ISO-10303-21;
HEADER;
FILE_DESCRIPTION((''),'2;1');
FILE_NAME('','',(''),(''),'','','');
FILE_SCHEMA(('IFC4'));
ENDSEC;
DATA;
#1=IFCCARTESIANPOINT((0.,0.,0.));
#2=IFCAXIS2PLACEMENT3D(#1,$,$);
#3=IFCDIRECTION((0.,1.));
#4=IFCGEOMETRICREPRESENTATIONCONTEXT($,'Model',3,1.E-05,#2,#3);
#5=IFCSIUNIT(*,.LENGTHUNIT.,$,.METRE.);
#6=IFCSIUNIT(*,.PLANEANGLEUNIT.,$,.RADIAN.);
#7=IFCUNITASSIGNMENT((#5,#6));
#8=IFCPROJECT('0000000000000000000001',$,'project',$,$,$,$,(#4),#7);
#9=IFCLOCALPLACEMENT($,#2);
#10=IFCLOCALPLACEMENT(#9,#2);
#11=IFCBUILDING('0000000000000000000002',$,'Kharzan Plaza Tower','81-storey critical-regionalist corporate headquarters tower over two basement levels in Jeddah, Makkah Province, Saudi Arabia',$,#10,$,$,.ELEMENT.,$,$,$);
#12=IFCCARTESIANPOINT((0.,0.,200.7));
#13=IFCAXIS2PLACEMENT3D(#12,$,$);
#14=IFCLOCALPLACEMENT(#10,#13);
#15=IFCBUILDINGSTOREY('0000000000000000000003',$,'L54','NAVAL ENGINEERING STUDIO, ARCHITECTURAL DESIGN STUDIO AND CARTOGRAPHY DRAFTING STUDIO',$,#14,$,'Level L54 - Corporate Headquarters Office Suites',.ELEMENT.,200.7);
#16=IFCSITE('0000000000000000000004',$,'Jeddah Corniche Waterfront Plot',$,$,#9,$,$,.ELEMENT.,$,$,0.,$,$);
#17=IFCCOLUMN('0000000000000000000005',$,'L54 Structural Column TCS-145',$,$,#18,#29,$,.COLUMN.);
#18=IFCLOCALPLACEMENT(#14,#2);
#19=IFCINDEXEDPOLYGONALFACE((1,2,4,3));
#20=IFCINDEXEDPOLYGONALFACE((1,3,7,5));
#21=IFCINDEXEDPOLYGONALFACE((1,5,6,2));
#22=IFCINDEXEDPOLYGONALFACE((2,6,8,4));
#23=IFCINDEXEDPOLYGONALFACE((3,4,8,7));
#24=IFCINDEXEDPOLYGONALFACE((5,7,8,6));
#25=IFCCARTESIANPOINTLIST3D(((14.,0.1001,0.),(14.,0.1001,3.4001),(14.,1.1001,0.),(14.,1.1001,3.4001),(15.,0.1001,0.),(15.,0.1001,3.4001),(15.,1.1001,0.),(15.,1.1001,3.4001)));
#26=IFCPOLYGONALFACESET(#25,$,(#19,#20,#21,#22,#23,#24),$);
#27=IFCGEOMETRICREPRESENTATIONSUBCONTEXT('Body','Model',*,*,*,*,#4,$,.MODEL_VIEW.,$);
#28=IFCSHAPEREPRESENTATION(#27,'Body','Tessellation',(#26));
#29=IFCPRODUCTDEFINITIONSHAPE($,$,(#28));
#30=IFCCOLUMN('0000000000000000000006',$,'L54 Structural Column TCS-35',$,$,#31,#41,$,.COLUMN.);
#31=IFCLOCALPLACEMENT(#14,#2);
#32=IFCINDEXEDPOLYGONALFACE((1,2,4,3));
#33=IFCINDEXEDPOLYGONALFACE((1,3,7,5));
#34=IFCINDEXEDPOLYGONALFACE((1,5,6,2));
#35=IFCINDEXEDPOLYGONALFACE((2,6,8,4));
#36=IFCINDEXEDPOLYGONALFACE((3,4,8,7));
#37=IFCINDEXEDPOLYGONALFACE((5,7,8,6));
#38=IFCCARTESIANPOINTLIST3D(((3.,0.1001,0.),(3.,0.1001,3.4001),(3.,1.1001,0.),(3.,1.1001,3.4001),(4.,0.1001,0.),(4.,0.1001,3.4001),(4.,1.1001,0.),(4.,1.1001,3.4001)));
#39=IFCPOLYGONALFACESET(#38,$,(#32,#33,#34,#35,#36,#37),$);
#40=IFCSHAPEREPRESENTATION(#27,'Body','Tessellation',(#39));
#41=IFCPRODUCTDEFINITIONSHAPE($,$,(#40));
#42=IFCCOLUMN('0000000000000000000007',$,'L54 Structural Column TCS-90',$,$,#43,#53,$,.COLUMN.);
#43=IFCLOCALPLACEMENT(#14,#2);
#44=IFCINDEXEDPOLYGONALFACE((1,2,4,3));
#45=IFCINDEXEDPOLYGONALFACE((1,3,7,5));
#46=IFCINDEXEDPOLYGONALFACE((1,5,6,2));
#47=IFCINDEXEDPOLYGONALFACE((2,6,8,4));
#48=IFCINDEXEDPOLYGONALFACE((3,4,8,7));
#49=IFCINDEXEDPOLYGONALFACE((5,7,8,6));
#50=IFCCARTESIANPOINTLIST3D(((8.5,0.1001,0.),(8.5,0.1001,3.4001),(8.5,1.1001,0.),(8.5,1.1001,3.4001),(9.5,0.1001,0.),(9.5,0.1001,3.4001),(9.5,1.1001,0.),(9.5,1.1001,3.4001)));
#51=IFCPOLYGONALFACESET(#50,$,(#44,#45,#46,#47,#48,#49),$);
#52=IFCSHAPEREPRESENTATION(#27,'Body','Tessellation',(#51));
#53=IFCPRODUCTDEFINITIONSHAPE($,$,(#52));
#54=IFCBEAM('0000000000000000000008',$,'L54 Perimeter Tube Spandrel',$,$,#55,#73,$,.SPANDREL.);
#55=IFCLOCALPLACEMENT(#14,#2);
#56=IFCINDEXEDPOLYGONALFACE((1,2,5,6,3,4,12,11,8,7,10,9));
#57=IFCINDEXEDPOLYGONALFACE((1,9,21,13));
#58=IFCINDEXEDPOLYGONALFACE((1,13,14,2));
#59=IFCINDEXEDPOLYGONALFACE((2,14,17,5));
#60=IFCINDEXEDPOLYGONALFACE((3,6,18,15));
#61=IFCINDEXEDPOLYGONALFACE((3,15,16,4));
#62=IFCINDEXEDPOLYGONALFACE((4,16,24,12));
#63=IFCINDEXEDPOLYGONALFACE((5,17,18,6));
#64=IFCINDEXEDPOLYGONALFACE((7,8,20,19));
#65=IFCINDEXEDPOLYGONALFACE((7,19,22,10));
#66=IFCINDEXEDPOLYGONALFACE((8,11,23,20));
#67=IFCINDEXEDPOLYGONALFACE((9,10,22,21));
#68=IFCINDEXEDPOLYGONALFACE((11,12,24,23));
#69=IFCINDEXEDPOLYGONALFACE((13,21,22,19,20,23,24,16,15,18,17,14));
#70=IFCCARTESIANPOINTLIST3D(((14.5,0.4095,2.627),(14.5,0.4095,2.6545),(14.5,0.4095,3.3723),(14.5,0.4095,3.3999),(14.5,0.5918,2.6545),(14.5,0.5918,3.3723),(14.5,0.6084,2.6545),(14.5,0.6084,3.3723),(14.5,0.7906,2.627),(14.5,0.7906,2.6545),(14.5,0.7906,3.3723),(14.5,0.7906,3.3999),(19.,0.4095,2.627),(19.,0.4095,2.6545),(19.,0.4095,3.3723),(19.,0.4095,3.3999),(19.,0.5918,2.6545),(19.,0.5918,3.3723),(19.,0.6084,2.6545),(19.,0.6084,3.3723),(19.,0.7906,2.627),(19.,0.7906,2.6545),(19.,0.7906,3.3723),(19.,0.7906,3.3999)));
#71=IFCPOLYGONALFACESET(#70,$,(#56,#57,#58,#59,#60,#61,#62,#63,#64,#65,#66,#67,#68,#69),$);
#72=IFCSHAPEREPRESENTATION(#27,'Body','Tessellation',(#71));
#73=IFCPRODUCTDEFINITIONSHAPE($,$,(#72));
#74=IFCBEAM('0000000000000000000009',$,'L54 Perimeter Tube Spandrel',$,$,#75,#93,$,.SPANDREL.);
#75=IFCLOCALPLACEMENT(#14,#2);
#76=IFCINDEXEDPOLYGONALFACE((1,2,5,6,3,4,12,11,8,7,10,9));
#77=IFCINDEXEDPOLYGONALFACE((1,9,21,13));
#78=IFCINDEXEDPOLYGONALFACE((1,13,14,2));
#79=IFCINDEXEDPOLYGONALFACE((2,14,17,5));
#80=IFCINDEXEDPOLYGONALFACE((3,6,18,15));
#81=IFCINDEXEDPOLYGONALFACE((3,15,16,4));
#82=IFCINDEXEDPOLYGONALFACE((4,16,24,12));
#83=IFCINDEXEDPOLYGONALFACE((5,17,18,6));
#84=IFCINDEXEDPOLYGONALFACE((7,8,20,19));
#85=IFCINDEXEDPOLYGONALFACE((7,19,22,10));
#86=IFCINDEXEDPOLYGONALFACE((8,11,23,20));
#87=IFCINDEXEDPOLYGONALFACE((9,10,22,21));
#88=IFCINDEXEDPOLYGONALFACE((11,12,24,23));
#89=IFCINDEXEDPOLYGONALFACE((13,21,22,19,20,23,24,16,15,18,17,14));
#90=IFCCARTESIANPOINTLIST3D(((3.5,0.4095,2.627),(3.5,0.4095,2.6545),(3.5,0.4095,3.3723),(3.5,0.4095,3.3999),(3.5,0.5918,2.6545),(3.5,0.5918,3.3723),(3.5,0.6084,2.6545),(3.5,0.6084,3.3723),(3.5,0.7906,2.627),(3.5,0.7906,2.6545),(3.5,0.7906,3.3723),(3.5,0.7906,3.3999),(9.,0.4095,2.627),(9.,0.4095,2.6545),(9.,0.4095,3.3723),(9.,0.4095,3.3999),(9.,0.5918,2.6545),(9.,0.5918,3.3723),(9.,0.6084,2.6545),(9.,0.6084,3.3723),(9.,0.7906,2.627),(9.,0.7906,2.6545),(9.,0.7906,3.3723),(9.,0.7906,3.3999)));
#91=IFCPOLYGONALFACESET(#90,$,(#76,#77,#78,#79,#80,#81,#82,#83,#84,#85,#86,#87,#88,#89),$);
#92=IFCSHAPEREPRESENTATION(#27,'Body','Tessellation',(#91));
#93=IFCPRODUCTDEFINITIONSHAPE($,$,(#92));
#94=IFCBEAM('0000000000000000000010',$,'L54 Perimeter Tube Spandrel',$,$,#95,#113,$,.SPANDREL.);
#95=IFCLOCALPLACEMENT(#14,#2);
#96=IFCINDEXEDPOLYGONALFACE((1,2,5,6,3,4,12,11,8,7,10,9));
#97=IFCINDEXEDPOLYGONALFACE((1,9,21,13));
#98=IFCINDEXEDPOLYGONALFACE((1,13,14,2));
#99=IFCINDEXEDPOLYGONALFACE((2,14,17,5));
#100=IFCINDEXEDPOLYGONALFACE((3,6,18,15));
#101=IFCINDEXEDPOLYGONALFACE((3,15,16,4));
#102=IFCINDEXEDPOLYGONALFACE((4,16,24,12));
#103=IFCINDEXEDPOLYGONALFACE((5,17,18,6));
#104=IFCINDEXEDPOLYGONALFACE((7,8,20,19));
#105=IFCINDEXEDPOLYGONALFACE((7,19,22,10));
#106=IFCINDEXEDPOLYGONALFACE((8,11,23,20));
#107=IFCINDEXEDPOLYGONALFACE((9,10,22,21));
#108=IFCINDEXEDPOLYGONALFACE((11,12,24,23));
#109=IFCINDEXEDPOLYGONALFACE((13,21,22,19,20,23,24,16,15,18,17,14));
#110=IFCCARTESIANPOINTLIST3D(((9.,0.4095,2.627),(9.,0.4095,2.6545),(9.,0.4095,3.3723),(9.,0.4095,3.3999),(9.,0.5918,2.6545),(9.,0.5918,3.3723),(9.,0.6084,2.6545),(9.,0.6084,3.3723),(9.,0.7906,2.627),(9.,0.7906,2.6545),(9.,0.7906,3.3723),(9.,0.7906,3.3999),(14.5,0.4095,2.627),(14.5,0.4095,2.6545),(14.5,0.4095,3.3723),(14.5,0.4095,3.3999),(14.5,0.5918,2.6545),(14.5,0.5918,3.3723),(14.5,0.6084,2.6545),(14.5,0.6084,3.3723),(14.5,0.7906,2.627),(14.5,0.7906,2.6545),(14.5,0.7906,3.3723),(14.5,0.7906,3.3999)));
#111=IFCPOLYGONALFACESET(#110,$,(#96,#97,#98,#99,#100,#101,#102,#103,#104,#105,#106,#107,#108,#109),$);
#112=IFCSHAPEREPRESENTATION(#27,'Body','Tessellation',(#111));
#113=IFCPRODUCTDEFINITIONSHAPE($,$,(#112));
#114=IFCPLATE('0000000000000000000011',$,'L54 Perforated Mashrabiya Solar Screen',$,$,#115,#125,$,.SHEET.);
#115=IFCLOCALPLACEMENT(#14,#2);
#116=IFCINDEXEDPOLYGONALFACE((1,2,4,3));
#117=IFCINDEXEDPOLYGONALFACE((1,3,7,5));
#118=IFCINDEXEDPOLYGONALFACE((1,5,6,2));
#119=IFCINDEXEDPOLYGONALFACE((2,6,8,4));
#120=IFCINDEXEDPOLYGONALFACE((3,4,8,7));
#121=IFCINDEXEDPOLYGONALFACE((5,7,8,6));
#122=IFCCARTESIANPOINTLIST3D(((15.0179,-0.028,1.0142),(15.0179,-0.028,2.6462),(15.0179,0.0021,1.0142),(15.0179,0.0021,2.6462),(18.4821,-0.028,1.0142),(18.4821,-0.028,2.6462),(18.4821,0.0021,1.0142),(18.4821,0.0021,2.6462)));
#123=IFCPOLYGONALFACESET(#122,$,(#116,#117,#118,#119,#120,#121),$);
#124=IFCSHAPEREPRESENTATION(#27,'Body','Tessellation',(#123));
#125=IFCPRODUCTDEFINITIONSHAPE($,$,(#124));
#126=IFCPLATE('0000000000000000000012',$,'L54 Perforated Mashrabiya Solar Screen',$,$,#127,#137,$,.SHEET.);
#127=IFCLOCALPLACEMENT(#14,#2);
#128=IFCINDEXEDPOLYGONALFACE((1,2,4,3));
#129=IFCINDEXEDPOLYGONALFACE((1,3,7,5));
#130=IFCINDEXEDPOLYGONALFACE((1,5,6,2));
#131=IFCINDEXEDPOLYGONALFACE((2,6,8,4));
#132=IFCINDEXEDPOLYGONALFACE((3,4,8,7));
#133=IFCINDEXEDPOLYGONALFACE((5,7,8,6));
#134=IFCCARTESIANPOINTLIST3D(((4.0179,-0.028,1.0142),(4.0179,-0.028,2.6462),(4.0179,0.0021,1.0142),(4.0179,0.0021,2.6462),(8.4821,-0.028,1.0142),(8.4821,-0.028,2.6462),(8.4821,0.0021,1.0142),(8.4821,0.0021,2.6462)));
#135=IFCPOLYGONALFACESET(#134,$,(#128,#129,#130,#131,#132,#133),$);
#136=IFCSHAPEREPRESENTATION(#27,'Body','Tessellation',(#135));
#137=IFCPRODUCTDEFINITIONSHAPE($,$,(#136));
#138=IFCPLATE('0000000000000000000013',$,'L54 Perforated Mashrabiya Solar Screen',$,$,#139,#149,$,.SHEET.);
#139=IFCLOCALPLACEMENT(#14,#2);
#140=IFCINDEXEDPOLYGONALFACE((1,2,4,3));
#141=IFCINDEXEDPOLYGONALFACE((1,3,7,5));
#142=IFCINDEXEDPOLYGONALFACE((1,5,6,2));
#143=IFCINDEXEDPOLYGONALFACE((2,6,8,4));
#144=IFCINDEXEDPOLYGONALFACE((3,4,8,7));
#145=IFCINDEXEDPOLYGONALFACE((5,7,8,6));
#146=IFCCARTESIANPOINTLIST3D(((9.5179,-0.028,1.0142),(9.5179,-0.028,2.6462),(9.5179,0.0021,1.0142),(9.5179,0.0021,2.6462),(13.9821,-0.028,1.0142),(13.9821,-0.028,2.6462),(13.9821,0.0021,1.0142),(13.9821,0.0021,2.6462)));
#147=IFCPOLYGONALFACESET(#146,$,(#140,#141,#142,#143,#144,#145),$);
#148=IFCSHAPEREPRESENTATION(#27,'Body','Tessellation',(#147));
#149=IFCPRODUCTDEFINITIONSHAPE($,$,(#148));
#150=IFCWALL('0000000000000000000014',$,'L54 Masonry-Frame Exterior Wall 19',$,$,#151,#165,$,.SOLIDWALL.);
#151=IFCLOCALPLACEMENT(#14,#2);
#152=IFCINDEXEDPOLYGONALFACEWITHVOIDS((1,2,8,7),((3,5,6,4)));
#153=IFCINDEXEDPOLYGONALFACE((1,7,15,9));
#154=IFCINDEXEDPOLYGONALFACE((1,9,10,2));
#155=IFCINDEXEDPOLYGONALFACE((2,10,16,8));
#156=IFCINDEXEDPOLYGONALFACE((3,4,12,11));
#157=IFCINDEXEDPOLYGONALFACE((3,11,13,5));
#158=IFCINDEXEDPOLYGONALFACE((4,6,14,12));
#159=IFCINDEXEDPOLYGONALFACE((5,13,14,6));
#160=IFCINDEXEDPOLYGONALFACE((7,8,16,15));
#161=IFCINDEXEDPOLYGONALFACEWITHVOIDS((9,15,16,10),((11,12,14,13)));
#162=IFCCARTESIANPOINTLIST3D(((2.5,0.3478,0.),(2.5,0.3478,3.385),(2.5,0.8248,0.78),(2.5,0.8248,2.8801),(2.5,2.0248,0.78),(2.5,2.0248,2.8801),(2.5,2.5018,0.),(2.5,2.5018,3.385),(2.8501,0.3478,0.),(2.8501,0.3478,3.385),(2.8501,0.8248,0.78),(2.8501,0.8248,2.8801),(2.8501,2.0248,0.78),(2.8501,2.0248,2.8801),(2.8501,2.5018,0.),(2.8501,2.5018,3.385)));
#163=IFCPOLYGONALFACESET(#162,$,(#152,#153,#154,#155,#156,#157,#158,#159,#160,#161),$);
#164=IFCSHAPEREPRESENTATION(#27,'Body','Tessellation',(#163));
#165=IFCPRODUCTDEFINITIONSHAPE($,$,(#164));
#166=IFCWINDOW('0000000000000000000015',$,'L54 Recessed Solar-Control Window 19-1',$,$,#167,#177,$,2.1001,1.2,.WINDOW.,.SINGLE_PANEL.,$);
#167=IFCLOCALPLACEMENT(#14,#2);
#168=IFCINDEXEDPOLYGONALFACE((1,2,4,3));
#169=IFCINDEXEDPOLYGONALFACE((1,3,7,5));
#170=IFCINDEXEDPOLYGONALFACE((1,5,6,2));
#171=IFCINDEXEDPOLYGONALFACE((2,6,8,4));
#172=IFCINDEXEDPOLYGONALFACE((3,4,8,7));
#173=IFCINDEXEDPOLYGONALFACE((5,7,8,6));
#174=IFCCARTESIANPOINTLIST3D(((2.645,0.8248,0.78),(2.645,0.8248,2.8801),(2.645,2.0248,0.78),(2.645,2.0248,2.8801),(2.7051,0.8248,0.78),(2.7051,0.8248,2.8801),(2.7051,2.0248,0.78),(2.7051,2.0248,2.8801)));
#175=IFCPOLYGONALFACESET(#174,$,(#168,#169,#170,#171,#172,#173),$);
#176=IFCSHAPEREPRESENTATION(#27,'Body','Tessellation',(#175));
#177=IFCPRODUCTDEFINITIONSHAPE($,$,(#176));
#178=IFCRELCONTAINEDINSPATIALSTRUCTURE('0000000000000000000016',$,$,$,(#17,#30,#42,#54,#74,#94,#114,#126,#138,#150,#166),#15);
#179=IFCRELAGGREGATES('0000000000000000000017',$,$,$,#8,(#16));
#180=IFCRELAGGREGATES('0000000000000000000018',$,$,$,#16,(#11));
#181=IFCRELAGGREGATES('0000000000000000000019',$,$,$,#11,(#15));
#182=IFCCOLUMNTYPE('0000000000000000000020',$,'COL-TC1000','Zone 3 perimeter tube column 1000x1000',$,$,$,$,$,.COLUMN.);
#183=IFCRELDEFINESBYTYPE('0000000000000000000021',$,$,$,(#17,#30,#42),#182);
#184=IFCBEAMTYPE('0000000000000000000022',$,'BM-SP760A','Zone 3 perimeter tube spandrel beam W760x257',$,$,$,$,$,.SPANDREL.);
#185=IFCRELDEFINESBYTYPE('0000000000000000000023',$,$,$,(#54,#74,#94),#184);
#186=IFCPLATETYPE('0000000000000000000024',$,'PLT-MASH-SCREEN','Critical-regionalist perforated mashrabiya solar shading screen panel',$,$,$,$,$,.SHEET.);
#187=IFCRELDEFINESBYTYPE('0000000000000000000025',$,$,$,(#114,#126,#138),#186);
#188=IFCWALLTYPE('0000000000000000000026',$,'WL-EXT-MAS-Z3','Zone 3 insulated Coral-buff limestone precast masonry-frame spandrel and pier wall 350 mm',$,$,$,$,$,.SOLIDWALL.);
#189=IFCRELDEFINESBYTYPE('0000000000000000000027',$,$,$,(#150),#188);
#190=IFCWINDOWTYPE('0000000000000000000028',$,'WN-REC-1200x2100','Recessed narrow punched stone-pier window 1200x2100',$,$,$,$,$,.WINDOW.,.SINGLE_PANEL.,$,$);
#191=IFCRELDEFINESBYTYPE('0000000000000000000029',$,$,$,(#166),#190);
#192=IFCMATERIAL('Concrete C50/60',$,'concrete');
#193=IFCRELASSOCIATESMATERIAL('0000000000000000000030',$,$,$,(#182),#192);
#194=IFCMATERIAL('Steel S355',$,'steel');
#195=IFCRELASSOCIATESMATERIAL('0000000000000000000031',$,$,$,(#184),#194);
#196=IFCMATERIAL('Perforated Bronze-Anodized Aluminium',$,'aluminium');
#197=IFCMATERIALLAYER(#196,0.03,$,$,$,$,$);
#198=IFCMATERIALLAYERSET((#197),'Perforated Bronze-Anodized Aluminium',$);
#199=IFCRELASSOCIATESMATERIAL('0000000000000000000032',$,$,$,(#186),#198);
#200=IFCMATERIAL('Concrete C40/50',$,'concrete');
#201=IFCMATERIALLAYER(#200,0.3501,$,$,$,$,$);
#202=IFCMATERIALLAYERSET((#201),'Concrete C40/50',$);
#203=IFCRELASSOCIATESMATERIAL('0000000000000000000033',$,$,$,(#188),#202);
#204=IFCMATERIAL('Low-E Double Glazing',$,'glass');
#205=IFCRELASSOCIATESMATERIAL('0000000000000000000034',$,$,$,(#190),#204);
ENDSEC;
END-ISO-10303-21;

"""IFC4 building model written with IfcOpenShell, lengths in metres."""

from ifc_helpers import new_model, si_unit, direction, frame, frame_2d, origin, origin_2d, place, context, subcontext, project, spatial, rectangle, i_section, extrude, source, transform, mapped, material, layer, layer_set, material_profile, profile_set, type_object, element, fill, save


model = new_model("IFC4")

# Units and contexts
model_context = context("Model", 3, precision=1e-05, world=origin(), true_north=direction((0.0, 1.0)))
body_context = subcontext(model_context, "Body", "Model", "MODEL_VIEW")
ifc_project = project(units=[si_unit("LENGTHUNIT", "METRE"), si_unit("PLANEANGLEUNIT", "RADIAN")], contexts=[model_context])

# Site, building, storey
site_placement = place(None, origin())
site = spatial("IfcSite", under=ifc_project, at=site_placement, Name="Jeddah Corniche Waterfront Plot", CompositionType="ELEMENT", RefElevation=0.0)
building_placement = place(site_placement, origin())
building = spatial("IfcBuilding", under=site, at=building_placement, Name="Kharzan Plaza Tower", Description="81-storey critical-regionalist corporate headquarters tower over two basement levels in Jeddah, Makkah Province, Saudi Arabia", CompositionType="ELEMENT")
storey_placement = place(building_placement, frame((0.0, 0.0, 200.7)))
storey = spatial("IfcBuildingStorey", under=building, at=storey_placement, Name="L54", Description="NAVAL ENGINEERING STUDIO, ARCHITECTURAL DESIGN STUDIO AND CARTOGRAPHY DRAFTING STUDIO", LongName="Level L54 - Corporate Headquarters Office Suites", CompositionType="ELEMENT", Elevation=200.7)

# Columns
ifc_material_1 = material(Name="Concrete C50/60", Category="concrete")
ifc_material_profile_1 = material_profile(ifc_material_1, rectangle(XDim=1.0, YDim=1.0, at=origin_2d()), Name="RC-TC1000x1000")
ifc_profile_set_1 = profile_set([ifc_material_profile_1], Name="Concrete C50/60")
column_type = type_object("IfcColumnType", Name="COL-TC1000", Description="Zone 3 perimeter tube column 1000x1000", PredefinedType="COLUMN", material=ifc_profile_set_1)
shared_shape_1 = source(origin(), body_context, "Body", "SweptSolid", [
    extrude(rectangle(XDim=1.0, YDim=1.0, at=origin_2d()), origin(), (0.0, 0.0, 1.0), 3.4001),
])
for number, where, z_axis, x_axis, name in (
    (1, (14.5, 0.6001, 0.0), (0.0, 0.0, 1.0), (1.0, 0.0, 0.0), "L54 Structural Column TCS-145"),
    (2, (3.5, 0.6001, 0.0), (0.0, 0.0, 1.0), (1.0, 0.0, 0.0), "L54 Structural Column TCS-35"),
    (3, (9.0, 0.6001, 0.0), (0.0, 0.0, 1.0), (1.0, 0.0, 0.0), "L54 Structural Column TCS-90"),
):
    element("IfcColumn", number, at=place(storey_placement, frame(where, z_axis=z_axis, x_axis=x_axis)), inside=storey, type_object=column_type, Name=name, PredefinedType="COLUMN", context=body_context, shape_type="MappedRepresentation", body=[
        mapped(shared_shape_1, transform((0.0, 0.0, 0.0), x_axis=(1.0, 0.0, 0.0), y_axis=(0.0, 1.0, 0.0), z_axis=(0.0, 0.0, 1.0))),
    ])

# Beams
ifc_material_2 = material(Name="Steel S355", Category="steel")
ifc_material_profile_2 = material_profile(ifc_material_2, i_section(OverallWidth=0.3811, OverallDepth=0.7729, WebThickness=0.0166, FlangeThickness=0.0276, at=origin_2d()), Name="W760x257")
ifc_profile_set_2 = profile_set([ifc_material_profile_2], Name="Steel S355")
beam_type = type_object("IfcBeamType", Name="BM-SP760A", Description="Zone 3 perimeter tube spandrel beam W760x257", PredefinedType="SPANDREL", material=ifc_profile_set_2)
shared_shape_2 = source(origin(), body_context, "Body", "SweptSolid", [
    extrude(i_section(OverallWidth=0.3811, OverallDepth=0.7729, WebThickness=0.0166, FlangeThickness=0.0276, at=origin_2d()), origin(), (0.0, 0.0, 1.0), 4.5),
])
beam_placement = place(storey_placement, frame((14.5, 0.6001, 3.0134), z_axis=(1.0, 0.0, 0.0), x_axis=(0.0, 1.0, 0.0)))
element("IfcBeam", 4, at=beam_placement, inside=storey, type_object=beam_type, Name="L54 Perimeter Tube Spandrel", PredefinedType="SPANDREL", context=body_context, shape_type="MappedRepresentation", body=[
    mapped(shared_shape_2, transform((0.0, 0.0, 0.0), x_axis=(1.0, 0.0, 0.0), y_axis=(0.0, 1.0, 0.0), z_axis=(0.0, 0.0, 1.0))),
])
shared_shape_3 = source(origin(), body_context, "Body", "SweptSolid", [
    extrude(i_section(OverallWidth=0.3811, OverallDepth=0.7729, WebThickness=0.0166, FlangeThickness=0.0276, at=origin_2d()), origin(), (0.0, 0.0, 1.0), 5.5),
])
for number, where, z_axis, x_axis, name in (
    (5, (3.5, 0.6001, 3.0134), (1.0, 0.0, 0.0), (0.0, 1.0, 0.0), "L54 Perimeter Tube Spandrel"),
    (6, (9.0, 0.6001, 3.0134), (1.0, 0.0, 0.0), (0.0, 1.0, 0.0), "L54 Perimeter Tube Spandrel"),
):
    element("IfcBeam", number, at=place(storey_placement, frame(where, z_axis=z_axis, x_axis=x_axis)), inside=storey, type_object=beam_type, Name=name, PredefinedType="SPANDREL", context=body_context, shape_type="MappedRepresentation", body=[
        mapped(shared_shape_3, transform((0.0, 0.0, 0.0), x_axis=(1.0, 0.0, 0.0), y_axis=(0.0, 1.0, 0.0), z_axis=(0.0, 0.0, 1.0))),
    ])

# Plates
ifc_material_3 = material(Name="Perforated Bronze-Anodized Aluminium", Category="aluminium")
ifc_layer_1 = layer(ifc_material_3, 0.03)
ifc_layer_set_1 = layer_set([ifc_layer_1], Name="Perforated Bronze-Anodized Aluminium")
plate_type = type_object("IfcPlateType", Name="PLT-MASH-SCREEN", Description="Critical-regionalist perforated mashrabiya solar shading screen panel", PredefinedType="SHEET", material=ifc_layer_set_1)
shared_shape_4 = source(origin(), body_context, "Body", "SweptSolid", [
    extrude(rectangle(XDim=3.4641, YDim=0.03, at=origin_2d()), origin(), (0.0, 0.0, 1.0), 1.6321),
])
plate_placement = place(storey_placement, frame((16.75, -0.0129, 1.0142), z_axis=(0.0, 0.0, 1.0), x_axis=(1.0, 0.0, 0.0)))
element("IfcPlate", 7, at=plate_placement, inside=storey, type_object=plate_type, Name="L54 Perforated Mashrabiya Solar Screen", PredefinedType="SHEET", context=body_context, shape_type="MappedRepresentation", body=[
    mapped(shared_shape_4, transform((0.0, 0.0, 0.0), x_axis=(1.0, 0.0, 0.0), y_axis=(0.0, 1.0, 0.0), z_axis=(0.0, 0.0, 1.0))),
])
shared_shape_5 = source(origin(), body_context, "Body", "SweptSolid", [
    extrude(rectangle(XDim=4.4641, YDim=0.03, at=origin_2d()), origin(), (0.0, 0.0, 1.0), 1.6321),
])
for number, where, z_axis, x_axis, name in (
    (8, (6.25, -0.0129, 1.0142), (0.0, 0.0, 1.0), (1.0, 0.0, 0.0), "L54 Perforated Mashrabiya Solar Screen"),
    (9, (11.75, -0.0129, 1.0142), (0.0, 0.0, 1.0), (1.0, 0.0, 0.0), "L54 Perforated Mashrabiya Solar Screen"),
):
    element("IfcPlate", number, at=place(storey_placement, frame(where, z_axis=z_axis, x_axis=x_axis)), inside=storey, type_object=plate_type, Name=name, PredefinedType="SHEET", context=body_context, shape_type="MappedRepresentation", body=[
        mapped(shared_shape_5, transform((0.0, 0.0, 0.0), x_axis=(1.0, 0.0, 0.0), y_axis=(0.0, 1.0, 0.0), z_axis=(0.0, 0.0, 1.0))),
    ])

# Wall, opening, window
ifc_material_4 = material(Name="Concrete C40/50", Category="concrete")
ifc_layer_2 = layer(ifc_material_4, 0.3501)
ifc_layer_set_2 = layer_set([ifc_layer_2], Name="Concrete C40/50")
wall_type_1 = type_object("IfcWallType", Name="WL-EXT-MAS-Z3", Description="Zone 3 insulated Coral-buff limestone precast masonry-frame spandrel and pier wall 350 mm", PredefinedType="SOLIDWALL", material=ifc_layer_set_2)
wall_1_placement = place(storey_placement, frame((2.675, 2.502, 0.0), z_axis=(0.0, 0.0, 1.0), x_axis=(0.0, -1.0, 0.0)))
wall_1 = element("IfcWall", 10, at=wall_1_placement, inside=storey, type_object=wall_type_1, Name="L54 Masonry-Frame Exterior Wall 19", PredefinedType="SOLIDWALL", context=body_context, shape_type="SweptSolid", body=[
    extrude(rectangle(XDim=2.1541, YDim=0.3501, at=frame_2d((1.0771, 0.0))), origin(), (0.0, 0.0, 1.0), 3.385),
])
opening_1_placement = place(wall_1_placement, frame((0.4771, 0.0, 0.78)))
opening_1 = element("IfcOpeningElement", 11, at=opening_1_placement, cuts=wall_1, PredefinedType="OPENING", context=body_context, shape_type="SweptSolid", body=[
    extrude(rectangle(XDim=1.2, YDim=2.1001, at=frame_2d((0.6001, 1.05))), frame((0.0, 0.1851, 0.0), z_axis=(0.0, -1.0, 0.0), x_axis=(1.0, 0.0, 0.0)), (0.0, 0.0, 1.0), 0.3701),
])
ifc_material_5 = material(Name="Low-E Double Glazing", Category="glass")
window_type_1 = type_object("IfcWindowType", Name="WN-REC-1200x2100", Description="Recessed narrow punched stone-pier window 1200x2100", PartitioningType="SINGLE_PANEL", PredefinedType="WINDOW", material=ifc_material_5)
shared_shape_6 = source(origin(), body_context, "Body", "SweptSolid", [
    extrude(rectangle(XDim=1.2, YDim=2.1001, at=frame_2d((0.6001, 1.05))), frame((0.0, 0.03, 0.0), z_axis=(0.0, -1.0, 0.0), x_axis=(1.0, 0.0, 0.0)), (0.0, 0.0, 1.0), 0.0601),
])
window_1_placement = place(opening_1_placement, origin())
window_1 = element("IfcWindow", 12, at=window_1_placement, inside=storey, type_object=window_type_1, Name="L54 Recessed Solar-Control Window 19-1", OverallHeight=2.1001, OverallWidth=1.2, PartitioningType="SINGLE_PANEL", PredefinedType="WINDOW", context=body_context, shape_type="MappedRepresentation", body=[
    mapped(shared_shape_6, transform((0.0, 0.0, 0.0), x_axis=(1.0, 0.0, 0.0), y_axis=(0.0, 1.0, 0.0), z_axis=(0.0, 0.0, 1.0))),
])
fill(opening_1, window_1)

save(model, "model.ifc")
